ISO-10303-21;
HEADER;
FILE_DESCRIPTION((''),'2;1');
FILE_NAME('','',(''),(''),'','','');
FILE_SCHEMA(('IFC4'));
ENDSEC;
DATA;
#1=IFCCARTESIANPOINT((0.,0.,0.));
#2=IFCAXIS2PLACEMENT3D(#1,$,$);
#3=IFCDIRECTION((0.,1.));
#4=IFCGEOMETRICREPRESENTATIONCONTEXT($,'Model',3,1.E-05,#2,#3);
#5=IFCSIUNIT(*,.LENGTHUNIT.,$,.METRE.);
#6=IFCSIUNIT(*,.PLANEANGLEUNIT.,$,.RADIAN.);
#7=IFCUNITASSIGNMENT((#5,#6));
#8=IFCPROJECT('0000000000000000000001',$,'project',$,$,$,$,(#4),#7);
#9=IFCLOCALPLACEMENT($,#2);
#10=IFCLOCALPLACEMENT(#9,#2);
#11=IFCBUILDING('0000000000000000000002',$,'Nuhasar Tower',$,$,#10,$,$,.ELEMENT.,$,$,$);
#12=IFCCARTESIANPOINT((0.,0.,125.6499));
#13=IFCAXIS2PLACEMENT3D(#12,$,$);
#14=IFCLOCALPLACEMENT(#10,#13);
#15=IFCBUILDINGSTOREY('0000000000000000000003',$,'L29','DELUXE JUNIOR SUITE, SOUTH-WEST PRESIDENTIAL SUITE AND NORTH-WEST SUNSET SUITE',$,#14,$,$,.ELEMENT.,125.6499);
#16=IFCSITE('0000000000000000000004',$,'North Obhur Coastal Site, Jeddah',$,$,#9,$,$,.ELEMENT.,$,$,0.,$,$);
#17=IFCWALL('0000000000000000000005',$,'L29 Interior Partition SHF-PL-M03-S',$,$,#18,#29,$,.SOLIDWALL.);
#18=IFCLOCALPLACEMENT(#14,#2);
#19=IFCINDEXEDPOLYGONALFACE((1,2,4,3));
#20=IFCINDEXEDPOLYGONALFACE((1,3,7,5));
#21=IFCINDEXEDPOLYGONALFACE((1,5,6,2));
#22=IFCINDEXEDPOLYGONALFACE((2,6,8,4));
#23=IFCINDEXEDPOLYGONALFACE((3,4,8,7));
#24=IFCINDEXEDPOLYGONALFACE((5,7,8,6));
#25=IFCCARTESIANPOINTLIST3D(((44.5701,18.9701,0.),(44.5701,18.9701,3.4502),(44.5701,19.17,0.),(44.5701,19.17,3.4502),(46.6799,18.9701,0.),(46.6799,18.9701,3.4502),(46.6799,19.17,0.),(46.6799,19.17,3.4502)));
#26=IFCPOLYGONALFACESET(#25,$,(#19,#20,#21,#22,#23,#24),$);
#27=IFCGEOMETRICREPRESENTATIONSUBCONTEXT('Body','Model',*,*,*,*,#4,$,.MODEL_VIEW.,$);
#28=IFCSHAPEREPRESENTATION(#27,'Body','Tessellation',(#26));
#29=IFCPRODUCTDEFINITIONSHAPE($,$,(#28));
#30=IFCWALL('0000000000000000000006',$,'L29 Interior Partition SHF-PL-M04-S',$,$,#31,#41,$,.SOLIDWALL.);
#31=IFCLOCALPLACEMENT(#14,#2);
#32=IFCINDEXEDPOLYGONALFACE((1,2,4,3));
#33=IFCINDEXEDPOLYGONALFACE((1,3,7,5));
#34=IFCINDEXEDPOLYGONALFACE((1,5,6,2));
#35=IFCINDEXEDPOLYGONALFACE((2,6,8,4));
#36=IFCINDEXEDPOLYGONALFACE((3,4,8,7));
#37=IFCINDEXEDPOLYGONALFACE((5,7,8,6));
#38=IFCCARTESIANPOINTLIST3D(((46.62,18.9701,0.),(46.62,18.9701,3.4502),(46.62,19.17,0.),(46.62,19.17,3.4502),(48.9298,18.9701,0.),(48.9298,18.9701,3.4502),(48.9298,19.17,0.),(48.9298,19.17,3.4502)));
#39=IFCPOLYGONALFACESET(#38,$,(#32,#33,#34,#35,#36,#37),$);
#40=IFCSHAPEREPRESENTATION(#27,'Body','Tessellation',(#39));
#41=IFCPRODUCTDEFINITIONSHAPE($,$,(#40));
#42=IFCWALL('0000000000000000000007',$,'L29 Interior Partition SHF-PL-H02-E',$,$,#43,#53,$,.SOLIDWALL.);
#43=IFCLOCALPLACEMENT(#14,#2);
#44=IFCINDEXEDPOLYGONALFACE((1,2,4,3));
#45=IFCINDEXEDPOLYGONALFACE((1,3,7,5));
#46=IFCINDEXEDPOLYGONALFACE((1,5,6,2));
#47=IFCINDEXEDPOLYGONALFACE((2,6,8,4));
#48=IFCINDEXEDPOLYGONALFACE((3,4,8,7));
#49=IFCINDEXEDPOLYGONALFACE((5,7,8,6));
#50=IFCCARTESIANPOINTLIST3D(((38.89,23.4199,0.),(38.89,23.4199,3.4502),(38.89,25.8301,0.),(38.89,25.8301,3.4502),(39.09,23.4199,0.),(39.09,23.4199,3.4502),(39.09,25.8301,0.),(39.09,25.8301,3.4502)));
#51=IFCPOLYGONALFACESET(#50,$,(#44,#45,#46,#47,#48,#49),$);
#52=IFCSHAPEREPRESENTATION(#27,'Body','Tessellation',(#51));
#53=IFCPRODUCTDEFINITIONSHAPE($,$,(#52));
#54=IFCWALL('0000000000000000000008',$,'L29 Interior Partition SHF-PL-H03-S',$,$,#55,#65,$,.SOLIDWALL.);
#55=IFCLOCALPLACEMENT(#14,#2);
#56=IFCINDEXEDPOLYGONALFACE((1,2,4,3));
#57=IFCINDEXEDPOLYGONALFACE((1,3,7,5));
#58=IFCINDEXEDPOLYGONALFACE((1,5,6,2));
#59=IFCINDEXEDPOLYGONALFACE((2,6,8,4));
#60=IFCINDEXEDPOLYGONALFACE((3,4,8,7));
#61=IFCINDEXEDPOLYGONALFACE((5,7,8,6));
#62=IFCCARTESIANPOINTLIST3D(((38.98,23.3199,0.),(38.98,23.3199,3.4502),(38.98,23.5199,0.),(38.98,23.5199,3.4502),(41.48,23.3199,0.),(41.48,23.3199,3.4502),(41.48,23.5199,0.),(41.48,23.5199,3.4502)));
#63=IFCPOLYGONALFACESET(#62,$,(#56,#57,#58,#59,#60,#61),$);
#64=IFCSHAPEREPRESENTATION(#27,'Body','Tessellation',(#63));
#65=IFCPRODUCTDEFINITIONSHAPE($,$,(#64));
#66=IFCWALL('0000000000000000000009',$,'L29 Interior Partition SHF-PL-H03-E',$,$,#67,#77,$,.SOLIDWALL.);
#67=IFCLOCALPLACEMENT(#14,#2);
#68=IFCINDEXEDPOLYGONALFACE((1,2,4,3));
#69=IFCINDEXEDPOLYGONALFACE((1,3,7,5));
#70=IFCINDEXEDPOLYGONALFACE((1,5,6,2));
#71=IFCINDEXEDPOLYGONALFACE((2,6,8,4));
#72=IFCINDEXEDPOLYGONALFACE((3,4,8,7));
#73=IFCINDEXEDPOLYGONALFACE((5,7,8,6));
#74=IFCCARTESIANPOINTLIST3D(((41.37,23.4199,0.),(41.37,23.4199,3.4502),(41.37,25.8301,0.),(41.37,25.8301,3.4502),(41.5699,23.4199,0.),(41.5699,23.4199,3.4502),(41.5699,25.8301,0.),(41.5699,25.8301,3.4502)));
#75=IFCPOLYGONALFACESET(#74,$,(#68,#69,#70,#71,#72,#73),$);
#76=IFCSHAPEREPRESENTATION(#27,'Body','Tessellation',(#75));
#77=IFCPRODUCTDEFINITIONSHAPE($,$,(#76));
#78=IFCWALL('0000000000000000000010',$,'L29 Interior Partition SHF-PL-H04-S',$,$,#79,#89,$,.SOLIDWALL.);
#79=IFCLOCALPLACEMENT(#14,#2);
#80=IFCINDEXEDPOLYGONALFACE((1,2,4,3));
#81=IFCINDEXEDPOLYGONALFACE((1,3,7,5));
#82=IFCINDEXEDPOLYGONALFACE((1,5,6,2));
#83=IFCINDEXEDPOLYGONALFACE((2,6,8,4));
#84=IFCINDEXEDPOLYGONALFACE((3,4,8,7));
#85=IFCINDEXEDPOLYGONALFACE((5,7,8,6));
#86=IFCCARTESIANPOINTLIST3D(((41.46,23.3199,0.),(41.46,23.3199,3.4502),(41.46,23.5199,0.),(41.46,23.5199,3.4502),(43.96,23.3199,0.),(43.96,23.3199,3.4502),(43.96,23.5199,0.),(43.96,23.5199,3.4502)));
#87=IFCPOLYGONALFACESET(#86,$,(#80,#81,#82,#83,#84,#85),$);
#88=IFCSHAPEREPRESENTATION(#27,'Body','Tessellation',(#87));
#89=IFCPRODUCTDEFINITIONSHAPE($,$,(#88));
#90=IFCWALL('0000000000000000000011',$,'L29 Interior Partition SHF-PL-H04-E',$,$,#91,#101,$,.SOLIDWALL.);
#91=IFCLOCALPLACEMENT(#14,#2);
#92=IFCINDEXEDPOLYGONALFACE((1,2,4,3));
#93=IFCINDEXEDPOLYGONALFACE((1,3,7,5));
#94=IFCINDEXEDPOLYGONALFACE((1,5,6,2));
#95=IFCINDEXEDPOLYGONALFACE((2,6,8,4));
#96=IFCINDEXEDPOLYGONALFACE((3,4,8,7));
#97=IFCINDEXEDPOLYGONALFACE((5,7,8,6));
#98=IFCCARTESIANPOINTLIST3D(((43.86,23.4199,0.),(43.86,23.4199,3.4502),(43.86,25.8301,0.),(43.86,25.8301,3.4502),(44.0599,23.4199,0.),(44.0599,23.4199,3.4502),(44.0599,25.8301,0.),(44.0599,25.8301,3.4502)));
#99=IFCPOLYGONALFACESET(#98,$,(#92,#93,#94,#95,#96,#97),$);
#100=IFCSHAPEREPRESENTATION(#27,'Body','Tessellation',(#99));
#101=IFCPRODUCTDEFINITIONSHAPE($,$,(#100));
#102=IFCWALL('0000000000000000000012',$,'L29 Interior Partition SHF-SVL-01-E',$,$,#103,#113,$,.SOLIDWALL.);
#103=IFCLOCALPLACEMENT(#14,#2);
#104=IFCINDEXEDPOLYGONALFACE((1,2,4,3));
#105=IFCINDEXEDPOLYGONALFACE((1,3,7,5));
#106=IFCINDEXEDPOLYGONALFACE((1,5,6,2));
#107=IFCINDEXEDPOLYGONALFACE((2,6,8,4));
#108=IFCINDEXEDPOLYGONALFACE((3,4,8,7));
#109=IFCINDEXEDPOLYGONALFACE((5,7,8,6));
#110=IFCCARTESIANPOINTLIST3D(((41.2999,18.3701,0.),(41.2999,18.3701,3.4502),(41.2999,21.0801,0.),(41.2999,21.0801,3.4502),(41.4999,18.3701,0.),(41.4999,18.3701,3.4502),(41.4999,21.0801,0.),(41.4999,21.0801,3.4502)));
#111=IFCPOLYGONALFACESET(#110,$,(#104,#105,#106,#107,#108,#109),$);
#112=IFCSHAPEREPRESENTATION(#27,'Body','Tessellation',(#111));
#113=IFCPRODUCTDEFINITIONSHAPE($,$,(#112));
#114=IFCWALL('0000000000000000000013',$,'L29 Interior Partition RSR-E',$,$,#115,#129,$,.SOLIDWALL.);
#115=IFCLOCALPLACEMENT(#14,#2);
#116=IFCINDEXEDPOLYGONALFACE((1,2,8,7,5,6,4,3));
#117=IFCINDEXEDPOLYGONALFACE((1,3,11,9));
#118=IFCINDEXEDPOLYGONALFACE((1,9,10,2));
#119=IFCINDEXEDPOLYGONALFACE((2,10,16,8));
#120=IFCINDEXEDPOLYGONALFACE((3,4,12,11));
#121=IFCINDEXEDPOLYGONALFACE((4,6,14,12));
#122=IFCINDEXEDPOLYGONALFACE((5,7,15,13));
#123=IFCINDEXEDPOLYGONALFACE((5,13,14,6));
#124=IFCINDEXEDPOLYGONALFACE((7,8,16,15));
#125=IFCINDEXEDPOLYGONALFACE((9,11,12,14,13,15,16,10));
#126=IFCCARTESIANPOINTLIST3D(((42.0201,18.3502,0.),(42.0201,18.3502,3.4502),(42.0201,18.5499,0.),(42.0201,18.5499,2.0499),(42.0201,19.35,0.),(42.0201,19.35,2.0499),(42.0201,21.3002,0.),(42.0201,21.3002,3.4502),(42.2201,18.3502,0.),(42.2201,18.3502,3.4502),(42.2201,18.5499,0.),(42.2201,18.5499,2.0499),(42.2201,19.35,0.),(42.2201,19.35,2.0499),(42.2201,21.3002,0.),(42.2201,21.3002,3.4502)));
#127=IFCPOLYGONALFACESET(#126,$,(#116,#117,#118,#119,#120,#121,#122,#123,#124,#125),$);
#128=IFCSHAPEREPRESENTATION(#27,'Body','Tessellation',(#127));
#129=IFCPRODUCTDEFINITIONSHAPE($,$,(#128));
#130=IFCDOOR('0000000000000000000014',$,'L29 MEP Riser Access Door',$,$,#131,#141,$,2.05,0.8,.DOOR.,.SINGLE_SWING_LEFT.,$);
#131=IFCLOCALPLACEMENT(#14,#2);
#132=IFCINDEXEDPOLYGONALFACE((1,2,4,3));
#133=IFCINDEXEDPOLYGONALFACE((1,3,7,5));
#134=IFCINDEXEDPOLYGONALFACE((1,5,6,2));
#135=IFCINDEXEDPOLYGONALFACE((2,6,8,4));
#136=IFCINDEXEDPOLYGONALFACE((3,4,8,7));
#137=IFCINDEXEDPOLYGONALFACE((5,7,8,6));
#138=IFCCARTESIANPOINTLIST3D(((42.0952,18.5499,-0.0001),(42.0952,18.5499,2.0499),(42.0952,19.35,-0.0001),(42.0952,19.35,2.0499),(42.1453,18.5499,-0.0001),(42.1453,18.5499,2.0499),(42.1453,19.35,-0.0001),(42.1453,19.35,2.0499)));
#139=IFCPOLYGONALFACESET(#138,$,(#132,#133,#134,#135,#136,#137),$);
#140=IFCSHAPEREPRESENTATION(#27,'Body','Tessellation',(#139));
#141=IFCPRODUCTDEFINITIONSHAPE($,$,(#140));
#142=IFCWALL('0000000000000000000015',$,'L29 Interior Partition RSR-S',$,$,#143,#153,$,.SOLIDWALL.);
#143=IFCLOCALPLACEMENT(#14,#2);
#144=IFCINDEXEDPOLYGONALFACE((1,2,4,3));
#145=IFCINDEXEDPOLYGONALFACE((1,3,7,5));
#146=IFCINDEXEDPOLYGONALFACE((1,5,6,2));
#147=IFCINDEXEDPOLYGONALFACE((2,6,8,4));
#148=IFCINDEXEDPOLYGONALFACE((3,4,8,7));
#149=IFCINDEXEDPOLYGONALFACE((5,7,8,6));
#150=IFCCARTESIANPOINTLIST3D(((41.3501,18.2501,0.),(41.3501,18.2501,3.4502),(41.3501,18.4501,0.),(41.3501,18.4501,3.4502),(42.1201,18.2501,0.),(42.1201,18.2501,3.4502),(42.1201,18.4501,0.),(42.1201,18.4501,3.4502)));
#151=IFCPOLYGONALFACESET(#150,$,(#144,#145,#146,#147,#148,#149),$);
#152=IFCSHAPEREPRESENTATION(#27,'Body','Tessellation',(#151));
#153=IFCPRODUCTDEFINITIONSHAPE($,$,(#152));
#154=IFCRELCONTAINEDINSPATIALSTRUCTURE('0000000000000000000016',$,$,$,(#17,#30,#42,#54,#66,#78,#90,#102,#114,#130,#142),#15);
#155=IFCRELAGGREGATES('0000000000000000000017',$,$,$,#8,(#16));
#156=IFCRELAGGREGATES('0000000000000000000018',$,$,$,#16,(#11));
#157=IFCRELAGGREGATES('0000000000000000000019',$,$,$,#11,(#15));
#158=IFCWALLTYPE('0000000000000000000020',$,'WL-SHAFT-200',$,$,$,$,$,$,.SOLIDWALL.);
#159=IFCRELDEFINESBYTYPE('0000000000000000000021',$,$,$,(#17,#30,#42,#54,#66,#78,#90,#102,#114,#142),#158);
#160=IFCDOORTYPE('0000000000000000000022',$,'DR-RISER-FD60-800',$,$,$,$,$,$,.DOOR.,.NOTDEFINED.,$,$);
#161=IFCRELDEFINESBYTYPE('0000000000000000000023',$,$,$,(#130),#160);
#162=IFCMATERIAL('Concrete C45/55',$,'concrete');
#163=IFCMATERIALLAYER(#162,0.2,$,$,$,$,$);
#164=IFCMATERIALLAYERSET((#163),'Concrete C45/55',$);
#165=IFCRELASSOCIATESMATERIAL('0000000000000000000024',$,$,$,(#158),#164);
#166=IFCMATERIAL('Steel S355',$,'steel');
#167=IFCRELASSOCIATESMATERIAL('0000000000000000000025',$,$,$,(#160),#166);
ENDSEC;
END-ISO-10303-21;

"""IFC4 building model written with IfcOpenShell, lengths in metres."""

from ifc_helpers import new_model, si_unit, direction, frame, frame_2d, origin, place, context, subcontext, project, spatial, rectangle, extrude, material, layer, layer_set, type_object, element, fill, save


model = new_model("IFC4")

# Units and contexts
model_context = context("Model", 3, precision=1e-05, world=origin(), true_north=direction((0.0, 1.0)))
body_context = subcontext(model_context, "Body", "Model", "MODEL_VIEW")
ifc_project = project(units=[si_unit("LENGTHUNIT", "METRE"), si_unit("PLANEANGLEUNIT", "RADIAN")], contexts=[model_context])

# Site, building, storey
site_placement = place(None, origin())
site = spatial("IfcSite", under=ifc_project, at=site_placement, Name="North Obhur Coastal Site, Jeddah", CompositionType="ELEMENT", RefElevation=0.0)
building_placement = place(site_placement, origin())
building = spatial("IfcBuilding", under=site, at=building_placement, Name="Nuhasar Tower", CompositionType="ELEMENT")
storey_placement = place(building_placement, frame((0.0, 0.0, 125.6499)))
storey = spatial("IfcBuildingStorey", under=building, at=storey_placement, Name="L29", Description="DELUXE JUNIOR SUITE, SOUTH-WEST PRESIDENTIAL SUITE AND NORTH-WEST SUNSET SUITE", CompositionType="ELEMENT", Elevation=125.6499)

# Shared definitions
ifc_material_1 = material(Name="Steel S355", Category="steel")

# Shared definitions
ifc_material_2 = material(Name="Concrete C45/55", Category="concrete")

# Shared definitions
ifc_layer_1 = layer(ifc_material_2, 0.2)
ifc_layer_set_1 = layer_set([ifc_layer_1], Name="Concrete C45/55")
wall_type_1 = type_object("IfcWallType", Name="WL-SHAFT-200", PredefinedType="SOLIDWALL", material=ifc_layer_set_1)

# Wall
wall_1_placement = place(storey_placement, frame((44.5701, 19.0701, 0.0), z_axis=(0.0, 0.0, 1.0), x_axis=(1.0, 0.0, 0.0)))
element("IfcWall", 1, at=wall_1_placement, inside=storey, type_object=wall_type_1, Name="L29 Interior Partition SHF-PL-M03-S", PredefinedType="SOLIDWALL", context=body_context, shape_type="SweptSolid", body=[
    extrude(rectangle(XDim=2.1099, YDim=0.2, at=frame_2d((1.0549, 0.0))), origin(), (0.0, 0.0, 1.0), 3.4502),
])

# Walls
wall_2_placement = place(storey_placement, frame((46.6201, 19.0701, 0.0), z_axis=(0.0, 0.0, 1.0), x_axis=(1.0, 0.0, 0.0)))
element("IfcWall", 2, at=wall_2_placement, inside=storey, type_object=wall_type_1, Name="L29 Interior Partition SHF-PL-M04-S", PredefinedType="SOLIDWALL", context=body_context, shape_type="SweptSolid", body=[
    extrude(rectangle(XDim=2.3098, YDim=0.2, at=frame_2d((1.1548, 0.0))), origin(), (0.0, 0.0, 1.0), 3.4502),
])
wall_3_placement = place(storey_placement, frame((38.99, 23.4199, 0.0), z_axis=(0.0, 0.0, 1.0), x_axis=(0.0, 1.0, 0.0)))
element("IfcWall", 3, at=wall_3_placement, inside=storey, type_object=wall_type_1, Name="L29 Interior Partition SHF-PL-H02-E", PredefinedType="SOLIDWALL", context=body_context, shape_type="SweptSolid", body=[
    extrude(rectangle(XDim=2.4102, YDim=0.2, at=frame_2d((1.2051, 0.0))), origin(), (0.0, 0.0, 1.0), 3.4502),
])
wall_4_placement = place(storey_placement, frame((38.98, 23.4199, 0.0), z_axis=(0.0, 0.0, 1.0), x_axis=(1.0, 0.0, 0.0)))
element("IfcWall", 4, at=wall_4_placement, inside=storey, type_object=wall_type_1, Name="L29 Interior Partition SHF-PL-H03-S", PredefinedType="SOLIDWALL", context=body_context, shape_type="SweptSolid", body=[
    extrude(rectangle(XDim=2.5, YDim=0.2, at=frame_2d((1.25, 0.0))), origin(), (0.0, 0.0, 1.0), 3.4502),
])
wall_5_placement = place(storey_placement, frame((41.47, 23.4199, 0.0), z_axis=(0.0, 0.0, 1.0), x_axis=(0.0, 1.0, 0.0)))
element("IfcWall", 5, at=wall_5_placement, inside=storey, type_object=wall_type_1, Name="L29 Interior Partition SHF-PL-H03-E", PredefinedType="SOLIDWALL", context=body_context, shape_type="SweptSolid", body=[
    extrude(rectangle(XDim=2.4102, YDim=0.2, at=frame_2d((1.2051, 0.0))), origin(), (0.0, 0.0, 1.0), 3.4502),
])
wall_6_placement = place(storey_placement, frame((41.46, 23.4199, 0.0), z_axis=(0.0, 0.0, 1.0), x_axis=(1.0, 0.0, 0.0)))
element("IfcWall", 6, at=wall_6_placement, inside=storey, type_object=wall_type_1, Name="L29 Interior Partition SHF-PL-H04-S", PredefinedType="SOLIDWALL", context=body_context, shape_type="SweptSolid", body=[
    extrude(rectangle(XDim=2.5, YDim=0.2, at=frame_2d((1.25, 0.0))), origin(), (0.0, 0.0, 1.0), 3.4502),
])
wall_7_placement = place(storey_placement, frame((43.96, 23.4199, 0.0), z_axis=(0.0, 0.0, 1.0), x_axis=(0.0, 1.0, 0.0)))
element("IfcWall", 7, at=wall_7_placement, inside=storey, type_object=wall_type_1, Name="L29 Interior Partition SHF-PL-H04-E", PredefinedType="SOLIDWALL", context=body_context, shape_type="SweptSolid", body=[
    extrude(rectangle(XDim=2.4102, YDim=0.2, at=frame_2d((1.2051, 0.0))), origin(), (0.0, 0.0, 1.0), 3.4502),
])
wall_8_placement = place(storey_placement, frame((41.3999, 18.3701, 0.0), z_axis=(0.0, 0.0, 1.0), x_axis=(0.0, 1.0, 0.0)))
element("IfcWall", 8, at=wall_8_placement, inside=storey, type_object=wall_type_1, Name="L29 Interior Partition SHF-SVL-01-E", PredefinedType="SOLIDWALL", context=body_context, shape_type="SweptSolid", body=[
    extrude(rectangle(XDim=2.71, YDim=0.2, at=frame_2d((1.355, 0.0))), origin(), (0.0, 0.0, 1.0), 3.4502),
])

# Wall, opening, door
wall_9_placement = place(storey_placement, frame((42.1201, 18.3501, 0.0), z_axis=(0.0, 0.0, 1.0), x_axis=(0.0, 1.0, 0.0)))
wall_9 = element("IfcWall", 9, at=wall_9_placement, inside=storey, type_object=wall_type_1, Name="L29 Interior Partition RSR-E", PredefinedType="SOLIDWALL", context=body_context, shape_type="SweptSolid", body=[
    extrude(rectangle(XDim=2.95, YDim=0.2, at=frame_2d((1.4751, 0.0))), origin(), (0.0, 0.0, 1.0), 3.4502),
])
opening_1_placement = place(wall_9_placement, frame((0.2, 0.0, 0.0)))
opening_1 = element("IfcOpeningElement", 10, at=opening_1_placement, cuts=wall_9, PredefinedType="OPENING", context=body_context, shape_type="SweptSolid", body=[
    extrude(rectangle(XDim=0.8, YDim=2.05, at=frame_2d((0.3999, 1.0249))), frame((0.0, 0.1099, 0.0), z_axis=(0.0, -1.0, 0.0), x_axis=(1.0, 0.0, 0.0)), (0.0, 0.0, 1.0), 0.22),
])
door_type_1 = type_object("IfcDoorType", Name="DR-RISER-FD60-800", OperationType="NOTDEFINED", PredefinedType="DOOR", material=ifc_material_1)
door_1_placement = place(opening_1_placement, origin())
door_1 = element("IfcDoor", 11, at=door_1_placement, inside=storey, type_object=door_type_1, Name="L29 MEP Riser Access Door", OperationType="SINGLE_SWING_LEFT", OverallHeight=2.05, OverallWidth=0.8, PredefinedType="DOOR", context=body_context, shape_type="SweptSolid", body=[
    extrude(rectangle(XDim=0.8, YDim=2.05, at=frame_2d((0.3999, 1.0249))), frame((0.0, 0.0249, 0.0), z_axis=(0.0, -1.0, 0.0), x_axis=(1.0, 0.0, 0.0)), (0.0, 0.0, 1.0), 0.05),
])
fill(opening_1, door_1)

# Wall
wall_10_placement = place(storey_placement, frame((41.3501, 18.3501, 0.0), z_axis=(0.0, 0.0, 1.0), x_axis=(1.0, 0.0, 0.0)))
element("IfcWall", 12, at=wall_10_placement, inside=storey, type_object=wall_type_1, Name="L29 Interior Partition RSR-S", PredefinedType="SOLIDWALL", context=body_context, shape_type="SweptSolid", body=[
    extrude(rectangle(XDim=0.77, YDim=0.2, at=frame_2d((0.385, 0.0))), origin(), (0.0, 0.0, 1.0), 3.4502),
])

save(model, "model.ifc")
